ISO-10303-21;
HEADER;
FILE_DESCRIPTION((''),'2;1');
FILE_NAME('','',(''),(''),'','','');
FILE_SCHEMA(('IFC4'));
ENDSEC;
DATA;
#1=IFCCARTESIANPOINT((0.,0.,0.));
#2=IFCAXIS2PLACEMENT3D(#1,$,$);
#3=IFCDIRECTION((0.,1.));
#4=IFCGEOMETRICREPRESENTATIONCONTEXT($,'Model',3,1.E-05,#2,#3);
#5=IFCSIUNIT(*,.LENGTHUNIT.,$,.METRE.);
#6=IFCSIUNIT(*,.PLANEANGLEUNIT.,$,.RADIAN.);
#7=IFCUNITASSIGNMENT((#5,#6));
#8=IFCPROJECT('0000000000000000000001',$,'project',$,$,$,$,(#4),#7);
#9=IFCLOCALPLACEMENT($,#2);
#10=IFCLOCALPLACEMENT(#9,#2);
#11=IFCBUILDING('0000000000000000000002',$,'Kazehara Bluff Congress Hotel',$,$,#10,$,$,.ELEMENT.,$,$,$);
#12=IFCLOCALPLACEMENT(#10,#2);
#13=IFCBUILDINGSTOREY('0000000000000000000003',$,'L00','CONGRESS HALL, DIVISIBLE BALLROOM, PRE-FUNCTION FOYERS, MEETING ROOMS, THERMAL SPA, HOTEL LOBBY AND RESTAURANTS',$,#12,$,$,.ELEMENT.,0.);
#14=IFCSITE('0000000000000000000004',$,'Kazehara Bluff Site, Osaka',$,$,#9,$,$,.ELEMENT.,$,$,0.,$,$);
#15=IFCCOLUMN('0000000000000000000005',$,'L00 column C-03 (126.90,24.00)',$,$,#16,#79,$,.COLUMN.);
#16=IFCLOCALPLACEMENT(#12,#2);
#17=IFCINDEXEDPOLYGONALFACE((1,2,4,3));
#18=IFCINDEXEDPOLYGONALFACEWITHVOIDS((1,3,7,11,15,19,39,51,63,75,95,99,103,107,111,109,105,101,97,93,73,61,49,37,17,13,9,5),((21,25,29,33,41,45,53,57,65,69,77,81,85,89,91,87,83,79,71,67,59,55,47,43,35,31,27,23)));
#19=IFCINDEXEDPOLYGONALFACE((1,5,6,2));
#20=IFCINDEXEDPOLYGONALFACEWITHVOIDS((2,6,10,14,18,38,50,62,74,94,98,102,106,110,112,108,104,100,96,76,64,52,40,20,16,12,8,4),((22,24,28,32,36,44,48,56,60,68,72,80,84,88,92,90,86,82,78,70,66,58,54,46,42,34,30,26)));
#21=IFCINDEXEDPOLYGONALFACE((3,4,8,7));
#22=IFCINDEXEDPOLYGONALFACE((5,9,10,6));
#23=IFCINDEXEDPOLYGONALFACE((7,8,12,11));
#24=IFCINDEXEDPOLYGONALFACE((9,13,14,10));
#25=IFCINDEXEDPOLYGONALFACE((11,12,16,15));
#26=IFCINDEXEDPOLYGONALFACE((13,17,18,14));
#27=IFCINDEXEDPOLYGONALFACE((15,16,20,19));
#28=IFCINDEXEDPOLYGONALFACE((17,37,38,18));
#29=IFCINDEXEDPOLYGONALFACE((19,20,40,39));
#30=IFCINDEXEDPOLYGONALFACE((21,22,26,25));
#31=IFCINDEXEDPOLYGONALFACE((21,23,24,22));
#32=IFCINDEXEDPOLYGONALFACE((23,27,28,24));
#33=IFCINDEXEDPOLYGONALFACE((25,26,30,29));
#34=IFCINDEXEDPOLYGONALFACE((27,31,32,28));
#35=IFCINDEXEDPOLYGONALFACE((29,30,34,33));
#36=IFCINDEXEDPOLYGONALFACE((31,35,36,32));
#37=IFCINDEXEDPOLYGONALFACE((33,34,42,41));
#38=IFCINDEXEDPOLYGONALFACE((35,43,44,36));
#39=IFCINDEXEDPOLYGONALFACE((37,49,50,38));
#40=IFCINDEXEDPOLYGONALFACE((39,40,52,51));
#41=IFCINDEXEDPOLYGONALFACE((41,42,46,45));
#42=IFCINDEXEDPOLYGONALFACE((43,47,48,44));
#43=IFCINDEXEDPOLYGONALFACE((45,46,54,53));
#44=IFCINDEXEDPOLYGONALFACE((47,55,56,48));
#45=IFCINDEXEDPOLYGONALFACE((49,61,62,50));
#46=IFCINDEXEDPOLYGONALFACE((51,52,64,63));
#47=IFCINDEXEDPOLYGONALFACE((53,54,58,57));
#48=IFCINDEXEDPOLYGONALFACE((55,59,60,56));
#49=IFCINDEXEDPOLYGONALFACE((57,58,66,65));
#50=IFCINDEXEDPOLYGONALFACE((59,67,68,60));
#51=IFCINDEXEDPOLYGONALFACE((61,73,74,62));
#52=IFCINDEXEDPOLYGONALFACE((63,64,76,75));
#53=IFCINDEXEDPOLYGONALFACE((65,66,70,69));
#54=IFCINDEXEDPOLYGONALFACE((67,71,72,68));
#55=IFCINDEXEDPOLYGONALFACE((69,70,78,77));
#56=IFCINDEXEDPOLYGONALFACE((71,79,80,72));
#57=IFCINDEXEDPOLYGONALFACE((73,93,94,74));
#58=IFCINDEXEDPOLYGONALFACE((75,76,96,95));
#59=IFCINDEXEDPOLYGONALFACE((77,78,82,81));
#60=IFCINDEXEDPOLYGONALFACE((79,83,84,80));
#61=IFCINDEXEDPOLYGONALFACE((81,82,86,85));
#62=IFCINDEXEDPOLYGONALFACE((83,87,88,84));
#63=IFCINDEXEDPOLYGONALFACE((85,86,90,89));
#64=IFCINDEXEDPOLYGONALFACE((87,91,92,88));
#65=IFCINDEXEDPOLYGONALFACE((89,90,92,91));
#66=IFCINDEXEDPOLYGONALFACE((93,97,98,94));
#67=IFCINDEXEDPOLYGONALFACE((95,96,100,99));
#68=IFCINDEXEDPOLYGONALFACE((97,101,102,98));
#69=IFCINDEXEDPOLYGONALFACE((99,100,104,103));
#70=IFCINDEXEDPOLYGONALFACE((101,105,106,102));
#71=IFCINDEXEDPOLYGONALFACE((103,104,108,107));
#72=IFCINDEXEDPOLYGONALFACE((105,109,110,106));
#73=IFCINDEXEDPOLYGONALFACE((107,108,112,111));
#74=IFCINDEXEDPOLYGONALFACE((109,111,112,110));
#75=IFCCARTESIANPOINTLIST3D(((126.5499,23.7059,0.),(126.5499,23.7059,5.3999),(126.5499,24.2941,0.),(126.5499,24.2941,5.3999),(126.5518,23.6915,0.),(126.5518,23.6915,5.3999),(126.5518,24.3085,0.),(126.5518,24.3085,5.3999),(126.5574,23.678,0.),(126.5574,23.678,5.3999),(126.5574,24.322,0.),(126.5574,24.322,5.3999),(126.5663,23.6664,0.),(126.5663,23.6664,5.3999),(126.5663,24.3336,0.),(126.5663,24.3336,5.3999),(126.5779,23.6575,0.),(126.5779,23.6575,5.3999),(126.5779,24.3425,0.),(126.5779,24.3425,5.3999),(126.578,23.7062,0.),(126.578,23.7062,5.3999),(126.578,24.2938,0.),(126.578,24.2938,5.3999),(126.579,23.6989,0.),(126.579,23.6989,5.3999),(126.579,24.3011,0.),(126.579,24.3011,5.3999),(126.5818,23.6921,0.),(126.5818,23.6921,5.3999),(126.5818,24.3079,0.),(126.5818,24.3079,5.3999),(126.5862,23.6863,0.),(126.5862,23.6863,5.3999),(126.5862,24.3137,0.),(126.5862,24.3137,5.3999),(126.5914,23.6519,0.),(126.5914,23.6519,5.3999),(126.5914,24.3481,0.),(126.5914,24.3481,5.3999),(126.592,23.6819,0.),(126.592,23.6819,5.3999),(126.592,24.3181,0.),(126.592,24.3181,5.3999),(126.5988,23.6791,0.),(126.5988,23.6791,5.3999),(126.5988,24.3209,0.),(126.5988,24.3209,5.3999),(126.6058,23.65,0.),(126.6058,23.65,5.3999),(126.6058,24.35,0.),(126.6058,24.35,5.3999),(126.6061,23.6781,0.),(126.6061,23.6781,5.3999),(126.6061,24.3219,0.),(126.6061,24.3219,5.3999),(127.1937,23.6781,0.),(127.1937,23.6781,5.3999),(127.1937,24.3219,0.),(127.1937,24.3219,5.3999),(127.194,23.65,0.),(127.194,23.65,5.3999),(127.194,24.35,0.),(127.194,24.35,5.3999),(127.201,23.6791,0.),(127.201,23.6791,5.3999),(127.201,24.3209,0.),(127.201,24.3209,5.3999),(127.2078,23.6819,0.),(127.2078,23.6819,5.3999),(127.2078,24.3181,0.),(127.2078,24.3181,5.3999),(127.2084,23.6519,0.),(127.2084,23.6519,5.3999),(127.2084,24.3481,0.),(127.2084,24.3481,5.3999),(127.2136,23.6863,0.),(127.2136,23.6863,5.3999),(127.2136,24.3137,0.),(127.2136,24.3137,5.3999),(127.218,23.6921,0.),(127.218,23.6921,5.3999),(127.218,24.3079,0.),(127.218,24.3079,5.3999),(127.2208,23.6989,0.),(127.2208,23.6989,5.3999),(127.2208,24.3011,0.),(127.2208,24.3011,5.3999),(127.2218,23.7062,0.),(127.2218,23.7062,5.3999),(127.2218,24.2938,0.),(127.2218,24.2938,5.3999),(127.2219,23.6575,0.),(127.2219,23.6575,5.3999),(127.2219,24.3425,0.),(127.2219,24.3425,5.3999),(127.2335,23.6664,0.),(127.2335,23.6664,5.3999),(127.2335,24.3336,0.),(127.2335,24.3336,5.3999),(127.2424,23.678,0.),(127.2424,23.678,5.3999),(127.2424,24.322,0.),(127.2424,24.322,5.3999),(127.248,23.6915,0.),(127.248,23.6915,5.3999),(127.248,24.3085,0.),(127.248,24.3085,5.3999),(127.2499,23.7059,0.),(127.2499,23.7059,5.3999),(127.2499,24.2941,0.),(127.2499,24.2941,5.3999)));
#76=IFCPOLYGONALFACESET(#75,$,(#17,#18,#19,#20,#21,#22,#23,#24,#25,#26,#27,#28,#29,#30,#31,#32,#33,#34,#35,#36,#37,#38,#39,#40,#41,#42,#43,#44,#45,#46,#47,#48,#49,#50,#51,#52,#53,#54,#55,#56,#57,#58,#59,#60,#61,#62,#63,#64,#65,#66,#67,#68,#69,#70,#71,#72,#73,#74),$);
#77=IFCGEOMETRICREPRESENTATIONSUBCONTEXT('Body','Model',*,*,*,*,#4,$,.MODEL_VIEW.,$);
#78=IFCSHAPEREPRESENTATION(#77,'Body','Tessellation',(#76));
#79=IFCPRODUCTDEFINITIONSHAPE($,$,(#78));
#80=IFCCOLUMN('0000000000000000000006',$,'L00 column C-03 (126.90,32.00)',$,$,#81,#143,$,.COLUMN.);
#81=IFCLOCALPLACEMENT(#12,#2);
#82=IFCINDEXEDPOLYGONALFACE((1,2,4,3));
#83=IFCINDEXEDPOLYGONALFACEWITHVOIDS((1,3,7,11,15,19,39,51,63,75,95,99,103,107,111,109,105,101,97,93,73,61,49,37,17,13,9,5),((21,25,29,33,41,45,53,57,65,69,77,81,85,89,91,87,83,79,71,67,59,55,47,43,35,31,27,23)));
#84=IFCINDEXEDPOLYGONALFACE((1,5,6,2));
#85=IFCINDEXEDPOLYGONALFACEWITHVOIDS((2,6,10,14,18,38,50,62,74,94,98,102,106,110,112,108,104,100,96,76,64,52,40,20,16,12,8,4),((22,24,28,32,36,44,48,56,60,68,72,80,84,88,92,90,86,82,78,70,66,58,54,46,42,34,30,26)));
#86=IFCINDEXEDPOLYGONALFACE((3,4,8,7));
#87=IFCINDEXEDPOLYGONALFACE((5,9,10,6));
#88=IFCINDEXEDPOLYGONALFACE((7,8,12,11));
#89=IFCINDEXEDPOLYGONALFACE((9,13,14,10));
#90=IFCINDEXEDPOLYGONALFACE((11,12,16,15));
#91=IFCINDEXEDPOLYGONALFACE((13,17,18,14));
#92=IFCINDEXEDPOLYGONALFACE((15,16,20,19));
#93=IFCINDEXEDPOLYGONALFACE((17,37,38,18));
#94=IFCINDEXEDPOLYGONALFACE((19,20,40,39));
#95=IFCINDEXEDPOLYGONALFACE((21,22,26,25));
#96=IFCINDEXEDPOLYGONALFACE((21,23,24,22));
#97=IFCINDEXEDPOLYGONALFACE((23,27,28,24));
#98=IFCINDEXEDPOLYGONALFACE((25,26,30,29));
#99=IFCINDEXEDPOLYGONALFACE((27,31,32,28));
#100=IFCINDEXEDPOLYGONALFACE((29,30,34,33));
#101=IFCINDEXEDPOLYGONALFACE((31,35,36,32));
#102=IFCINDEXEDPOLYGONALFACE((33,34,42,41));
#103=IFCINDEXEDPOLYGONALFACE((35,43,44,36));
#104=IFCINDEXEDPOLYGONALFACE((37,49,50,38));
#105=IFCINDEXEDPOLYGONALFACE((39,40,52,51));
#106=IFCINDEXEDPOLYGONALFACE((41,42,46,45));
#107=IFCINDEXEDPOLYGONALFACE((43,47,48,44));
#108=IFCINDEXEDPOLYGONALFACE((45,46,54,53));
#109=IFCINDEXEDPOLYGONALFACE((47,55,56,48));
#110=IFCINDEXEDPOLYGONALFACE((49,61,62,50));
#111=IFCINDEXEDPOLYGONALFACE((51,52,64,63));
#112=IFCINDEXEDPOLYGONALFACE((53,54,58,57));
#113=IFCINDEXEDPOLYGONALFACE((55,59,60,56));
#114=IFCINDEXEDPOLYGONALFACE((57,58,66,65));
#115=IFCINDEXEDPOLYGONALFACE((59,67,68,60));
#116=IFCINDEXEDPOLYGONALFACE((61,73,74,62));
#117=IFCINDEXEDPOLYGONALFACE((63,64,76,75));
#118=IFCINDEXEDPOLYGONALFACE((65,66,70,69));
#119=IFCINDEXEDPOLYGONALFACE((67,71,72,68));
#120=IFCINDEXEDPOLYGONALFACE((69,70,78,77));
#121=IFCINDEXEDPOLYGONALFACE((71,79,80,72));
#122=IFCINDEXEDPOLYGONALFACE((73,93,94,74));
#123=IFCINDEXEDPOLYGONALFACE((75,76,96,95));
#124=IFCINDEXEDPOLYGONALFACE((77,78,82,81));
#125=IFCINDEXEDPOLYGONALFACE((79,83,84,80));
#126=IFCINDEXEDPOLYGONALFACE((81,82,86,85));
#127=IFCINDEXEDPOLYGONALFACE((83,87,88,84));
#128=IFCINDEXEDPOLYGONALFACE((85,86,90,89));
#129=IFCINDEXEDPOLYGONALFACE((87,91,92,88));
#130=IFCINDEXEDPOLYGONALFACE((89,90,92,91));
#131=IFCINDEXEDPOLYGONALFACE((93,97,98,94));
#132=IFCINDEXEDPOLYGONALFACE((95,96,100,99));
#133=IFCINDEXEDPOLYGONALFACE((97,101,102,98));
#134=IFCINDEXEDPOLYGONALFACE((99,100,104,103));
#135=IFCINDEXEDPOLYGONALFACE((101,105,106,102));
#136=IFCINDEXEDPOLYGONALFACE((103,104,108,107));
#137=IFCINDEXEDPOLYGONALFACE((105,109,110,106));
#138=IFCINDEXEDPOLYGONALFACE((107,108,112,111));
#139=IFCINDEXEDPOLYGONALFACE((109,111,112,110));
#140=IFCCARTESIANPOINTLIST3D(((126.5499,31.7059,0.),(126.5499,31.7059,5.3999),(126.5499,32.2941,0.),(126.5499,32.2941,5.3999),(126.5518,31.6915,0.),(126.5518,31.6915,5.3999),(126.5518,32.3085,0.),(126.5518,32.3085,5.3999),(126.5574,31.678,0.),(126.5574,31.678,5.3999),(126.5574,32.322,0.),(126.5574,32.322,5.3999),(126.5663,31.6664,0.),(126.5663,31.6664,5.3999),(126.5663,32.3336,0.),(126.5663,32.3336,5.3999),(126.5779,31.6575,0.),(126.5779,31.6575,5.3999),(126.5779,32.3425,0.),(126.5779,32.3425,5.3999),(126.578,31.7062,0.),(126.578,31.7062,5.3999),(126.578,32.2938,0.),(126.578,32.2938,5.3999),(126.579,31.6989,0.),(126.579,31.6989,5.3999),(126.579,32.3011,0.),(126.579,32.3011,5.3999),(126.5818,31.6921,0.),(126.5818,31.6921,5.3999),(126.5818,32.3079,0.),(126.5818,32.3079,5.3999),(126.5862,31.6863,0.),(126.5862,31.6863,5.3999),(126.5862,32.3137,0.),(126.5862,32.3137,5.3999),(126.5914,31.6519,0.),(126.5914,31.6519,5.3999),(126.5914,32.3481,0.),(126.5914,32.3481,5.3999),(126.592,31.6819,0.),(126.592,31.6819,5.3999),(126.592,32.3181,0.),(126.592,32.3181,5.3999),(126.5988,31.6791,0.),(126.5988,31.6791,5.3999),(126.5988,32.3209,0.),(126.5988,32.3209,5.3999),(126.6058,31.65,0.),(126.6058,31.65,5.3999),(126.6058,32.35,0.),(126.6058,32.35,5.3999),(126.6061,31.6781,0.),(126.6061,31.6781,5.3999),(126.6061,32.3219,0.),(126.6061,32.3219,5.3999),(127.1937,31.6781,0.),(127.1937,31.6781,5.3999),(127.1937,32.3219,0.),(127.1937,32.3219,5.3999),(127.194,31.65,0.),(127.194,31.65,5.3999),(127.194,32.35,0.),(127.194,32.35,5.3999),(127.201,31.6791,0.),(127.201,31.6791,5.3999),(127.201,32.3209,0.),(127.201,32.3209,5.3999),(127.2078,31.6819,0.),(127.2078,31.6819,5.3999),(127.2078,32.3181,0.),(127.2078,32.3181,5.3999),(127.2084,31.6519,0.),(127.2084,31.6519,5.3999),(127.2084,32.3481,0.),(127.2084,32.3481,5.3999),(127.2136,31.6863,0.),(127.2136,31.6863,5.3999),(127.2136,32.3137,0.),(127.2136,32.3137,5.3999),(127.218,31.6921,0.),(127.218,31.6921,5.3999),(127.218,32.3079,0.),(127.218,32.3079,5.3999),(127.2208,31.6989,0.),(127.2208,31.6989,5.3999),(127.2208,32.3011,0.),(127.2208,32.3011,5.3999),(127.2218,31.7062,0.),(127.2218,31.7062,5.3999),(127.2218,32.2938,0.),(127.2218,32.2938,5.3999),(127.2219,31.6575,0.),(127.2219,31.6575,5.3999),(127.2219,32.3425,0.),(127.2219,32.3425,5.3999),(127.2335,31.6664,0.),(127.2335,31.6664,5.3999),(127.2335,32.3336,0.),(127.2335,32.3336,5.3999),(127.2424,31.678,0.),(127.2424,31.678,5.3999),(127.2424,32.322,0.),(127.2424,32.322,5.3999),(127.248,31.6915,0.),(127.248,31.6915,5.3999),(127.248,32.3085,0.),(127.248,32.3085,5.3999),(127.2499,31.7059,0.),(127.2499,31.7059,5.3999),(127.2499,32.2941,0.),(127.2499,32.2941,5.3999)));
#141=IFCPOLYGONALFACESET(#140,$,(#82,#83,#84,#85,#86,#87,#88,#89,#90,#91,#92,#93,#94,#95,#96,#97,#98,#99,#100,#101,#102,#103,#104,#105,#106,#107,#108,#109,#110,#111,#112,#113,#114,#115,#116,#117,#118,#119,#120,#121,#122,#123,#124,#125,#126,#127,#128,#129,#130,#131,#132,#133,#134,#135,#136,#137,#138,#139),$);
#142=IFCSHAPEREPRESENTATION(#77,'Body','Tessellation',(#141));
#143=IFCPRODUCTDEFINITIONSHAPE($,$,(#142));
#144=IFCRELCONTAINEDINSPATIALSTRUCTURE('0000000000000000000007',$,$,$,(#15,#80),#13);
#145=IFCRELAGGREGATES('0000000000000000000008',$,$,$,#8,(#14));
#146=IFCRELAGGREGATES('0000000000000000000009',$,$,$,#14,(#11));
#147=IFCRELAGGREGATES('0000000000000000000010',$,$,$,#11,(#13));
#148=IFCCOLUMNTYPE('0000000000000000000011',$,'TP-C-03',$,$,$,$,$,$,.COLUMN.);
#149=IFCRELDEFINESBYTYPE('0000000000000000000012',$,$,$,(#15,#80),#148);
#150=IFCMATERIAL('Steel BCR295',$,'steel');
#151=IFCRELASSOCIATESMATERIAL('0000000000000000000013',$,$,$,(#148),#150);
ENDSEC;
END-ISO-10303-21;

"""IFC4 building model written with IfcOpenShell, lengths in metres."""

from ifc_helpers import new_model, si_unit, direction, frame, origin, origin_2d, place, context, subcontext, project, spatial, hollow_rectangle, extrude, material, material_profile, profile_set, type_object, element, save


model = new_model("IFC4")

# Units and contexts
model_context = context("Model", 3, precision=1e-05, world=origin(), true_north=direction((0.0, 1.0)))
body_context = subcontext(model_context, "Body", "Model", "MODEL_VIEW")
ifc_project = project(units=[si_unit("LENGTHUNIT", "METRE"), si_unit("PLANEANGLEUNIT", "RADIAN")], contexts=[model_context])

# Site, building, storey
site_placement = place(None, origin())
site = spatial("IfcSite", under=ifc_project, at=site_placement, Name="Kazehara Bluff Site, Osaka", CompositionType="ELEMENT", RefElevation=0.0)
building_placement = place(site_placement, origin())
building = spatial("IfcBuilding", under=site, at=building_placement, Name="Kazehara Bluff Congress Hotel", CompositionType="ELEMENT")
storey_placement = place(building_placement, origin())
storey = spatial("IfcBuildingStorey", under=building, at=storey_placement, Name="L00", Description="CONGRESS HALL, DIVISIBLE BALLROOM, PRE-FUNCTION FOYERS, MEETING ROOMS, THERMAL SPA, HOTEL LOBBY AND RESTAURANTS", CompositionType="ELEMENT", Elevation=0.0)

# Columns
ifc_material_1 = material(Name="Steel BCR295", Category="steel")
ifc_material_profile_1 = material_profile(ifc_material_1, hollow_rectangle(XDim=0.7, YDim=0.7, WallThickness=0.0281, InnerFilletRadius=0.0281, OuterFilletRadius=0.0559, at=origin_2d()))
ifc_profile_set_1 = profile_set([ifc_material_profile_1], Name="Steel BCR295")
column_type = type_object("IfcColumnType", Name="TP-C-03", PredefinedType="COLUMN", material=ifc_profile_set_1)
for number, where, z_axis, x_axis, name in (
    (1, (126.8999, 24.0, 0.0), (0.0, 0.0, 1.0), (1.0, 0.0, 0.0), "L00 column C-03 (126.90,24.00)"),
    (2, (126.8999, 32.0, 0.0), (0.0, 0.0, 1.0), (1.0, 0.0, 0.0), "L00 column C-03 (126.90,32.00)"),
):
    element("IfcColumn", number, at=place(storey_placement, frame(where, z_axis=z_axis, x_axis=x_axis)), inside=storey, type_object=column_type, Name=name, PredefinedType="COLUMN", context=body_context, shape_type="SweptSolid", body=[
        extrude(hollow_rectangle(XDim=0.7, YDim=0.7, WallThickness=0.0281, InnerFilletRadius=0.0281, OuterFilletRadius=0.0559, at=origin_2d()), origin(), (0.0, 0.0, 1.0), 5.3999),
    ])

save(model, "model.ifc")
